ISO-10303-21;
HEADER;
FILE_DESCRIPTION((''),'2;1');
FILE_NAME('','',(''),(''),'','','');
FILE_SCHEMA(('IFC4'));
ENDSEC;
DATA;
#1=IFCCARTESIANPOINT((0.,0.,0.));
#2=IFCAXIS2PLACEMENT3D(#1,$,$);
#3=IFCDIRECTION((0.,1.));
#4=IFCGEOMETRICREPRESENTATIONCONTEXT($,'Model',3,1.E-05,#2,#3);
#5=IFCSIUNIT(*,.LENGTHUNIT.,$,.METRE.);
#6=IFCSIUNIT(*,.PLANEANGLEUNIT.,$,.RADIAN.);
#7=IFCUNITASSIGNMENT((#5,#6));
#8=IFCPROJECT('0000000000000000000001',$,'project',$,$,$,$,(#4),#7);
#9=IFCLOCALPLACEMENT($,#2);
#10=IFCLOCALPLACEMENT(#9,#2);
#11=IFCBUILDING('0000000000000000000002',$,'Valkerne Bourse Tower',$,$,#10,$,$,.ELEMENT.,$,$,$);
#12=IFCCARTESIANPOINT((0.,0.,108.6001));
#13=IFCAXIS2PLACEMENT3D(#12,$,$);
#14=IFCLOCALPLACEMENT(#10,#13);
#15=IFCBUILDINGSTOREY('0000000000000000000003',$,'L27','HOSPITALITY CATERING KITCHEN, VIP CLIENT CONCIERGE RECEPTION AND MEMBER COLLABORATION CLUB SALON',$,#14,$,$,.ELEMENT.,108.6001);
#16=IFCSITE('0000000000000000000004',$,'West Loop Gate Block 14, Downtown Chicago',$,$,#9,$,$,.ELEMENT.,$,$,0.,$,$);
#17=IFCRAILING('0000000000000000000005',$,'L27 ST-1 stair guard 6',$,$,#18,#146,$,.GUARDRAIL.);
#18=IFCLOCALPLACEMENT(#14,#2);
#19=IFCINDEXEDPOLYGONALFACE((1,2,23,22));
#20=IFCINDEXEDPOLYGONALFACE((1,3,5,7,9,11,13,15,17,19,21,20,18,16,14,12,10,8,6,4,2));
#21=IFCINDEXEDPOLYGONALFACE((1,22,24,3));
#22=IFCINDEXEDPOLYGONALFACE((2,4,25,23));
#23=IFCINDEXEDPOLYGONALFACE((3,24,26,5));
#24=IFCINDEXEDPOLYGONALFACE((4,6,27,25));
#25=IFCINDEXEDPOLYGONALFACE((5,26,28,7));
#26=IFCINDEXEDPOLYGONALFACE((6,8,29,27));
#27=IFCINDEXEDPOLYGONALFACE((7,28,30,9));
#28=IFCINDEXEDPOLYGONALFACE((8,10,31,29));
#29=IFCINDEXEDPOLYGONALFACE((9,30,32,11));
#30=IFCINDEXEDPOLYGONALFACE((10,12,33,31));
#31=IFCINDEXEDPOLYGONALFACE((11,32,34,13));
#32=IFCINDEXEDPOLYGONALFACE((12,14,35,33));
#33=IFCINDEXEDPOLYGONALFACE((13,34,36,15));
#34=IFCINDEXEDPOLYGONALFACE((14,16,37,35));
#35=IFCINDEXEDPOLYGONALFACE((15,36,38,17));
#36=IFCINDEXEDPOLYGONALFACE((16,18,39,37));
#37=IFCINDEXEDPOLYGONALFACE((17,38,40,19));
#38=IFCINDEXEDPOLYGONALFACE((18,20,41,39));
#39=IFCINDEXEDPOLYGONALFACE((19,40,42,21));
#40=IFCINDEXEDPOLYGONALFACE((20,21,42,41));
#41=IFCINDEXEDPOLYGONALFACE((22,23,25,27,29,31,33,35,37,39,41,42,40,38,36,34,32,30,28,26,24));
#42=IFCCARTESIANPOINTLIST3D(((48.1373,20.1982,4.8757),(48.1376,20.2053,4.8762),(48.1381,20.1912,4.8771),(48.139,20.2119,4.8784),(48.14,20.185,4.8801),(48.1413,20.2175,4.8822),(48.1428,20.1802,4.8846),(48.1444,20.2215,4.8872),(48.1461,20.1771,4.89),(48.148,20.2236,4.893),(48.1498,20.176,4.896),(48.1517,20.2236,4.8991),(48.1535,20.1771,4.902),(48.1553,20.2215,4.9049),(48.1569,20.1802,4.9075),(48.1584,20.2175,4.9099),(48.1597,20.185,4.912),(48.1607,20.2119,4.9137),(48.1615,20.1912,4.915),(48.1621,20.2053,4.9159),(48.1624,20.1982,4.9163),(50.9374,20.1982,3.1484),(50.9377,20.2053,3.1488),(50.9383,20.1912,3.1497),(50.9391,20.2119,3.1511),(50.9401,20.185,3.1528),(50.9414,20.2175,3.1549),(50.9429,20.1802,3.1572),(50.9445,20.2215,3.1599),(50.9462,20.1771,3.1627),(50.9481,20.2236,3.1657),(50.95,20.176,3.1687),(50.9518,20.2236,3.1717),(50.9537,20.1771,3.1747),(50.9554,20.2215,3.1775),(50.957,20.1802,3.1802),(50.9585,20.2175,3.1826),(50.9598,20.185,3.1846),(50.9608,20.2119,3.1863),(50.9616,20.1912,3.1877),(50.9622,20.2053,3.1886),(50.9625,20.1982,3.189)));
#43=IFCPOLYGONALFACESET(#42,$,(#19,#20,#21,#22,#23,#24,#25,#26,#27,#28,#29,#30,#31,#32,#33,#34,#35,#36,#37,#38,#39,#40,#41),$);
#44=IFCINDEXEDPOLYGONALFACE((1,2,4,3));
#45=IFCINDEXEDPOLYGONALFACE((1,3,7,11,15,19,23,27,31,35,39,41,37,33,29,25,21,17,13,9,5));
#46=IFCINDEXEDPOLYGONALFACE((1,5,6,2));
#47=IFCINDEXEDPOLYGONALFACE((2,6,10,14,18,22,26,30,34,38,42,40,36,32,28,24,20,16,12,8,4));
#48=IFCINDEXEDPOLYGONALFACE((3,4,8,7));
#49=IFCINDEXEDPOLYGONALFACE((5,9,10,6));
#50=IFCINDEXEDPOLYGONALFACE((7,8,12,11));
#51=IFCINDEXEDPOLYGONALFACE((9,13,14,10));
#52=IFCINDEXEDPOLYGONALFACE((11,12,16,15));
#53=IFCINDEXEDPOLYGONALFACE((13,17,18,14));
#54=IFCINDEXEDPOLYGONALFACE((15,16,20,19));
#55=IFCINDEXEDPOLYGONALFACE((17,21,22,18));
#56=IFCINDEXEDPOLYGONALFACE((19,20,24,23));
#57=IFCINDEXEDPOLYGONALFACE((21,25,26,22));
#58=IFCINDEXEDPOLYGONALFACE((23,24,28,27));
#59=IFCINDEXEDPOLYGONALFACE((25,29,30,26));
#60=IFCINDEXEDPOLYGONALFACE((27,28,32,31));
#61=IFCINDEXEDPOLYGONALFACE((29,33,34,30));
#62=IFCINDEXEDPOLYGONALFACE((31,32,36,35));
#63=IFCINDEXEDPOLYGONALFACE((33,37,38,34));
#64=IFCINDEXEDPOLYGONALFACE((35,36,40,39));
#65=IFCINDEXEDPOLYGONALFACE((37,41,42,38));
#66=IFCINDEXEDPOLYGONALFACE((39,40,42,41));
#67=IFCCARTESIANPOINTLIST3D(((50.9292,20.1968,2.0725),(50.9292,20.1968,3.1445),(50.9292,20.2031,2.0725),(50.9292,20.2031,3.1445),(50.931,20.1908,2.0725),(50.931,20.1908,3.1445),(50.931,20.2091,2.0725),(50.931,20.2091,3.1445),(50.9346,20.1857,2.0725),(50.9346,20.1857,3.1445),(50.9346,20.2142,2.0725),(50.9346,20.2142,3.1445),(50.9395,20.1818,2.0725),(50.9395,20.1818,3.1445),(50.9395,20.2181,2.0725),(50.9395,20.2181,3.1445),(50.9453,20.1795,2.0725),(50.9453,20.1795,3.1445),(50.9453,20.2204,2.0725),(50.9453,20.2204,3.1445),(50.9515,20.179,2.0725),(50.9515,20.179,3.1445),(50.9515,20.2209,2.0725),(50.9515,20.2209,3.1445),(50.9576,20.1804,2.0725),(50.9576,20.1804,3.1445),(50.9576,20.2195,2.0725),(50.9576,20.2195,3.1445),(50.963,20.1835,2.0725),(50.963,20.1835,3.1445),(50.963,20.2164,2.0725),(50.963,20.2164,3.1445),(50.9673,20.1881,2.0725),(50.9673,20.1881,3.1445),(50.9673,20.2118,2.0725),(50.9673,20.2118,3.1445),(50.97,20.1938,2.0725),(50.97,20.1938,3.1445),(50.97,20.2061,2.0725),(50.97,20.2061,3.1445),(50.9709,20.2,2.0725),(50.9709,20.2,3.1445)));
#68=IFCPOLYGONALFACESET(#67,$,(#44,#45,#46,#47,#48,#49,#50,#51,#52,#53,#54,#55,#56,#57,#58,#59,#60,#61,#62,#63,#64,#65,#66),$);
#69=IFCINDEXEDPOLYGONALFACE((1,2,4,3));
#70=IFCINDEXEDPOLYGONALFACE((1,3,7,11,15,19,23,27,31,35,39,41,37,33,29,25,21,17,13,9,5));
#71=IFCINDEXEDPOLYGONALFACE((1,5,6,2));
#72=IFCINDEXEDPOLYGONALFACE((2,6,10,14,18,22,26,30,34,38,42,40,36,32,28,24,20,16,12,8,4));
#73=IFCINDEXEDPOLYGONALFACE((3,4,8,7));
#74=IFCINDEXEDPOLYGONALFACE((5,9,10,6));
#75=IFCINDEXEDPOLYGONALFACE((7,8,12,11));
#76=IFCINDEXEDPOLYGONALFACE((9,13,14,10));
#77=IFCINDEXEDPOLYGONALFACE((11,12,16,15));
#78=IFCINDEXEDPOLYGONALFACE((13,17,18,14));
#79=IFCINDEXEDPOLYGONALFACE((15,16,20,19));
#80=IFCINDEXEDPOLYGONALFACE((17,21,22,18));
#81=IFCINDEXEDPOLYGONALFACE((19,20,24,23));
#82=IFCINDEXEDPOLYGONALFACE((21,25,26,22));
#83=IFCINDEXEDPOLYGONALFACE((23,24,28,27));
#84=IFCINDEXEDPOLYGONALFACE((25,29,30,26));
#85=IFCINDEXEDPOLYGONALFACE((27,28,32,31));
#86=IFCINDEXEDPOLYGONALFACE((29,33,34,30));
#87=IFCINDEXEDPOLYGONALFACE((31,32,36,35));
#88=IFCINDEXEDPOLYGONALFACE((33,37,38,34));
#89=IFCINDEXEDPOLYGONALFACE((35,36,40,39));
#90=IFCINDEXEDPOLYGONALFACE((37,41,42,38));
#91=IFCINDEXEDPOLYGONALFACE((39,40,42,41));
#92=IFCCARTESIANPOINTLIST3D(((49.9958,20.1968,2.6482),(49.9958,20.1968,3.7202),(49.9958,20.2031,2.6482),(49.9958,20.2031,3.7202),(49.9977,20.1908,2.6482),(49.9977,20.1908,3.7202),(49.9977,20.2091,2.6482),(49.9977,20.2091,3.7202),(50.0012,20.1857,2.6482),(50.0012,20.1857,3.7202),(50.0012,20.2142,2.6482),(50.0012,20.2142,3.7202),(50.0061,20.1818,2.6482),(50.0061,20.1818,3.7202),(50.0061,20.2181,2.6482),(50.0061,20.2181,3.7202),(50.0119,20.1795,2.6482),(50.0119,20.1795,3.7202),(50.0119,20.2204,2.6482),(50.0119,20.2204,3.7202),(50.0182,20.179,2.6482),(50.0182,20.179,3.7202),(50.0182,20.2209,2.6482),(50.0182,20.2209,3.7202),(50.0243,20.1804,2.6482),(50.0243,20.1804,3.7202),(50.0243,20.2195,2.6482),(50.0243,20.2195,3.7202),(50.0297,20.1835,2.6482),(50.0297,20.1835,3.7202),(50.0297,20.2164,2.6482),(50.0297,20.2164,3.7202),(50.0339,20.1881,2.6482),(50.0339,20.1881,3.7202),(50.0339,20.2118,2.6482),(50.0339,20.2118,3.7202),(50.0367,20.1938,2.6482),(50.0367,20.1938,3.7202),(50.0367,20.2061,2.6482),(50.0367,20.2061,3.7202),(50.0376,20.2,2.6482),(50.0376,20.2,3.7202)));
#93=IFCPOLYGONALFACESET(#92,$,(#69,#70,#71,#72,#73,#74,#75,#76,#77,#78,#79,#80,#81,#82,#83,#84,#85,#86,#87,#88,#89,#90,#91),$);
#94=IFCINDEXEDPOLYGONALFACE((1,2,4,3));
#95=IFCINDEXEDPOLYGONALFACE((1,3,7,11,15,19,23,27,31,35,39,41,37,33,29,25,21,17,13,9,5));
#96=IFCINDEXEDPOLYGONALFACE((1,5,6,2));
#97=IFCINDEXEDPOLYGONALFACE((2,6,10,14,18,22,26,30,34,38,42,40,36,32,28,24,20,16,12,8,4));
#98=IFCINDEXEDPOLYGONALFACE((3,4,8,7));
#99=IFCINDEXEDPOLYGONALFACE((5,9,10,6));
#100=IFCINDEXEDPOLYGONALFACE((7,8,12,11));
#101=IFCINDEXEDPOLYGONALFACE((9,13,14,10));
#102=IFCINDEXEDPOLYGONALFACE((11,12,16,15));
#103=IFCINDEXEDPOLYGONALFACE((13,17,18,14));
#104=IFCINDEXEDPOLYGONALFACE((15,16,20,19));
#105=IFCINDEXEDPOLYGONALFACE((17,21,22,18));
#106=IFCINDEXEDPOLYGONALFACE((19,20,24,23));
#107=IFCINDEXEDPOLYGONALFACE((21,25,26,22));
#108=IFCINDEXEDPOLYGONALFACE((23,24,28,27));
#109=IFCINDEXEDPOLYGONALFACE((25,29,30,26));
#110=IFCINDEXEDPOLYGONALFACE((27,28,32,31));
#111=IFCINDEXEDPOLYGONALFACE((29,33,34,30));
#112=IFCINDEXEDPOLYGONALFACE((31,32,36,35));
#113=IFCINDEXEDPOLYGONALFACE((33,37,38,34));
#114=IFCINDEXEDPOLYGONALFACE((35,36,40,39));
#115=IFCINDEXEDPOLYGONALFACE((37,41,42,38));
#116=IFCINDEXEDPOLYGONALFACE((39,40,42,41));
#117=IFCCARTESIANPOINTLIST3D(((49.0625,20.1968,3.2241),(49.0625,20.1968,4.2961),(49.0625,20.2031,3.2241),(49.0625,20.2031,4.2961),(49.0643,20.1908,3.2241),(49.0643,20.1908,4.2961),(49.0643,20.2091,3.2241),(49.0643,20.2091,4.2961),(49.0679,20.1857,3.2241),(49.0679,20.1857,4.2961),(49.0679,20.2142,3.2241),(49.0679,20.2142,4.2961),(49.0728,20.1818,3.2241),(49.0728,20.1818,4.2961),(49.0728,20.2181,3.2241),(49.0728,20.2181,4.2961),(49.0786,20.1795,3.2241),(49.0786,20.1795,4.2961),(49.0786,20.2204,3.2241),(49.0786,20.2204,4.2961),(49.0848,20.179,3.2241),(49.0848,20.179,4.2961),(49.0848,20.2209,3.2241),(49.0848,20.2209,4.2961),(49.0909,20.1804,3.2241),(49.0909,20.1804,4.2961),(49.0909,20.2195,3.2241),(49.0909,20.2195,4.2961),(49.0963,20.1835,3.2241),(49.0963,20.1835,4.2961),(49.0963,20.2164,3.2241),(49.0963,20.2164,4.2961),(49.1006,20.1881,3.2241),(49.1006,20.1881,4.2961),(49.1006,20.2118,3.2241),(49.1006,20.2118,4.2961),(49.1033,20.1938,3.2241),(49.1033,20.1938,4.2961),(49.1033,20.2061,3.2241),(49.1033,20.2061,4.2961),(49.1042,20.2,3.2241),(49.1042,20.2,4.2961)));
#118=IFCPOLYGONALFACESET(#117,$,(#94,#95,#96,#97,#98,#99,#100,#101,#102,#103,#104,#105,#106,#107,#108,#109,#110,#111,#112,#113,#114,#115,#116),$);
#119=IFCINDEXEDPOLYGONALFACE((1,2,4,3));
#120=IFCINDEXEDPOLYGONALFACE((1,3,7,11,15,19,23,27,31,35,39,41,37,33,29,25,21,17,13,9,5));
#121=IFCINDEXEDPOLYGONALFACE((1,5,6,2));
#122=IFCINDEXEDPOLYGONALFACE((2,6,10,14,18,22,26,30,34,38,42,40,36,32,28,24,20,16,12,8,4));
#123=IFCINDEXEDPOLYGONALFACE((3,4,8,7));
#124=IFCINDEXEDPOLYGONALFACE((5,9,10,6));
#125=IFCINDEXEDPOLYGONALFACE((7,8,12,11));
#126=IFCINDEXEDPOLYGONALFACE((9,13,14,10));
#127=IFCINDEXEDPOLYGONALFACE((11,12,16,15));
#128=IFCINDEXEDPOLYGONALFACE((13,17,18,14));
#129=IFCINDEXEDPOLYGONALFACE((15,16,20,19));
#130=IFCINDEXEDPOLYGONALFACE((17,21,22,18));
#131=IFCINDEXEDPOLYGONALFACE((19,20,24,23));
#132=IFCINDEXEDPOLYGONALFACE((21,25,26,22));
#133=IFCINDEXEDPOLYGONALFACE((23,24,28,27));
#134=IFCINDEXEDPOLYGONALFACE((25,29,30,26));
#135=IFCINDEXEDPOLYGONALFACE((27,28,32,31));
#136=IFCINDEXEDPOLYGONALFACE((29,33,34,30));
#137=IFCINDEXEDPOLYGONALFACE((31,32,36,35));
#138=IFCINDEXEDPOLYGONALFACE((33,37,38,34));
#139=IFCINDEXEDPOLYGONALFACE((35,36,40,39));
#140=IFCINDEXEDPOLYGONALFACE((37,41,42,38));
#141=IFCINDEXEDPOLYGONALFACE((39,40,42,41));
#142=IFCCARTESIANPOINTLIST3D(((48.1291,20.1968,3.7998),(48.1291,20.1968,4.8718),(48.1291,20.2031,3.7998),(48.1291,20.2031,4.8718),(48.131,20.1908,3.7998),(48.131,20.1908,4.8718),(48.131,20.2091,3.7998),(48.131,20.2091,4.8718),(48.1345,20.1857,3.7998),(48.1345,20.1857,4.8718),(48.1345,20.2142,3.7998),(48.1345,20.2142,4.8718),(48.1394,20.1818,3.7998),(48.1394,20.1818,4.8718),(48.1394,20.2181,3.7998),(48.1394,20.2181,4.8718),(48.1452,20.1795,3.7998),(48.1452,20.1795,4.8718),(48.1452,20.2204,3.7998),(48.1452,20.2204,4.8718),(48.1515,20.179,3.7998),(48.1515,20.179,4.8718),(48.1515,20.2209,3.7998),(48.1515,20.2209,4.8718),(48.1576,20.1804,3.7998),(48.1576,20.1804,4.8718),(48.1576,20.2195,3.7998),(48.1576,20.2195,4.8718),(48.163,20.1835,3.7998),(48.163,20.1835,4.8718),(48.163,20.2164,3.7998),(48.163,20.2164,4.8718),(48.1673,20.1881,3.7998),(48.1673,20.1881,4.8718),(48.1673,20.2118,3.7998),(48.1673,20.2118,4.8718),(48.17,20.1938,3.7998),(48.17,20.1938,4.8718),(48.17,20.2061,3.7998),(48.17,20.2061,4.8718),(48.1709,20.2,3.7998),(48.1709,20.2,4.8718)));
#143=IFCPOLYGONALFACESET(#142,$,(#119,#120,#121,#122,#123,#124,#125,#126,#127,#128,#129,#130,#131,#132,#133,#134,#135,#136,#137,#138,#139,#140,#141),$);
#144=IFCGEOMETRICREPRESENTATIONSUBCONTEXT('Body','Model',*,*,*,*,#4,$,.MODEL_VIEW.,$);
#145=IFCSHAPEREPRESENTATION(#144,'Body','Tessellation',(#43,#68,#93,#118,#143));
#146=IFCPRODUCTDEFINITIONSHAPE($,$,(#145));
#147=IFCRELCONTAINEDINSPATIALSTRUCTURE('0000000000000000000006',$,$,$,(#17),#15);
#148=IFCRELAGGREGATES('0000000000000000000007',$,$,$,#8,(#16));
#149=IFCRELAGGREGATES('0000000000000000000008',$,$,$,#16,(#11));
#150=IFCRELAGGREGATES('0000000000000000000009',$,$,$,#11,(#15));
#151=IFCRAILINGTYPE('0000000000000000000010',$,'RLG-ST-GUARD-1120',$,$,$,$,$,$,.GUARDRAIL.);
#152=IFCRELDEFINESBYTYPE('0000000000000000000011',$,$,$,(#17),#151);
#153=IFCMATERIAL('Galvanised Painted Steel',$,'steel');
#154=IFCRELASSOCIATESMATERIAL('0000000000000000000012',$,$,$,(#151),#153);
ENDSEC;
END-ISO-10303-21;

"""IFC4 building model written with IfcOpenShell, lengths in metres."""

from ifc_helpers import new_model, si_unit, direction, frame, origin, origin_2d, place, context, subcontext, project, spatial, circle, extrude, material, type_object, element, save


model = new_model("IFC4")

# Units and contexts
model_context = context("Model", 3, precision=1e-05, world=origin(), true_north=direction((0.0, 1.0)))
body_context = subcontext(model_context, "Body", "Model", "MODEL_VIEW")
ifc_project = project(units=[si_unit("LENGTHUNIT", "METRE"), si_unit("PLANEANGLEUNIT", "RADIAN")], contexts=[model_context])

# Site, building, storey
site_placement = place(None, origin())
site = spatial("IfcSite", under=ifc_project, at=site_placement, Name="West Loop Gate Block 14, Downtown Chicago", CompositionType="ELEMENT", RefElevation=0.0)
building_placement = place(site_placement, origin())
building = spatial("IfcBuilding", under=site, at=building_placement, Name="Valkerne Bourse Tower", CompositionType="ELEMENT")
storey_placement = place(building_placement, frame((0.0, 0.0, 108.6001)))
storey = spatial("IfcBuildingStorey", under=building, at=storey_placement, Name="L27", Description="HOSPITALITY CATERING KITCHEN, VIP CLIENT CONCIERGE RECEPTION AND MEMBER COLLABORATION CLUB SALON", CompositionType="ELEMENT", Elevation=108.6001)

# Shared definitions
ifc_material_1 = material(Name="Galvanised Painted Steel", Category="steel")

# Railing
railing_type_1 = type_object("IfcRailingType", Name="RLG-ST-GUARD-1120", PredefinedType="GUARDRAIL", material=ifc_material_1)
railing_1_placement = place(storey_placement, frame((50.95, 20.2, 2.0725)))
element("IfcRailing", 1, at=railing_1_placement, inside=storey, type_object=railing_type_1, Name="L27 ST-1 stair guard 6", PredefinedType="GUARDRAIL", context=body_context, shape_type="SweptSolid", body=[
    extrude(circle(Radius=0.0239, at=origin_2d()), frame((0.0, 0.0, 1.0962), z_axis=(-0.85109, 0.0, 0.52502), x_axis=(0.0, -1.0, 0.0)), (0.0, 0.0, 1.0), 3.29),
    extrude(circle(Radius=0.021, at=origin_2d()), origin(), (0.0, 0.0, 1.0), 1.072),
    extrude(circle(Radius=0.021, at=origin_2d()), frame((-0.9333, 0.0, 0.5757)), (0.0, 0.0, 1.0), 1.072),
    extrude(circle(Radius=0.021, at=origin_2d()), frame((-1.8667, 0.0, 1.1516)), (0.0, 0.0, 1.0), 1.072),
    extrude(circle(Radius=0.021, at=origin_2d()), frame((-2.8, 0.0, 1.7273)), (0.0, 0.0, 1.0), 1.072),
])

save(model, "model.ifc")
